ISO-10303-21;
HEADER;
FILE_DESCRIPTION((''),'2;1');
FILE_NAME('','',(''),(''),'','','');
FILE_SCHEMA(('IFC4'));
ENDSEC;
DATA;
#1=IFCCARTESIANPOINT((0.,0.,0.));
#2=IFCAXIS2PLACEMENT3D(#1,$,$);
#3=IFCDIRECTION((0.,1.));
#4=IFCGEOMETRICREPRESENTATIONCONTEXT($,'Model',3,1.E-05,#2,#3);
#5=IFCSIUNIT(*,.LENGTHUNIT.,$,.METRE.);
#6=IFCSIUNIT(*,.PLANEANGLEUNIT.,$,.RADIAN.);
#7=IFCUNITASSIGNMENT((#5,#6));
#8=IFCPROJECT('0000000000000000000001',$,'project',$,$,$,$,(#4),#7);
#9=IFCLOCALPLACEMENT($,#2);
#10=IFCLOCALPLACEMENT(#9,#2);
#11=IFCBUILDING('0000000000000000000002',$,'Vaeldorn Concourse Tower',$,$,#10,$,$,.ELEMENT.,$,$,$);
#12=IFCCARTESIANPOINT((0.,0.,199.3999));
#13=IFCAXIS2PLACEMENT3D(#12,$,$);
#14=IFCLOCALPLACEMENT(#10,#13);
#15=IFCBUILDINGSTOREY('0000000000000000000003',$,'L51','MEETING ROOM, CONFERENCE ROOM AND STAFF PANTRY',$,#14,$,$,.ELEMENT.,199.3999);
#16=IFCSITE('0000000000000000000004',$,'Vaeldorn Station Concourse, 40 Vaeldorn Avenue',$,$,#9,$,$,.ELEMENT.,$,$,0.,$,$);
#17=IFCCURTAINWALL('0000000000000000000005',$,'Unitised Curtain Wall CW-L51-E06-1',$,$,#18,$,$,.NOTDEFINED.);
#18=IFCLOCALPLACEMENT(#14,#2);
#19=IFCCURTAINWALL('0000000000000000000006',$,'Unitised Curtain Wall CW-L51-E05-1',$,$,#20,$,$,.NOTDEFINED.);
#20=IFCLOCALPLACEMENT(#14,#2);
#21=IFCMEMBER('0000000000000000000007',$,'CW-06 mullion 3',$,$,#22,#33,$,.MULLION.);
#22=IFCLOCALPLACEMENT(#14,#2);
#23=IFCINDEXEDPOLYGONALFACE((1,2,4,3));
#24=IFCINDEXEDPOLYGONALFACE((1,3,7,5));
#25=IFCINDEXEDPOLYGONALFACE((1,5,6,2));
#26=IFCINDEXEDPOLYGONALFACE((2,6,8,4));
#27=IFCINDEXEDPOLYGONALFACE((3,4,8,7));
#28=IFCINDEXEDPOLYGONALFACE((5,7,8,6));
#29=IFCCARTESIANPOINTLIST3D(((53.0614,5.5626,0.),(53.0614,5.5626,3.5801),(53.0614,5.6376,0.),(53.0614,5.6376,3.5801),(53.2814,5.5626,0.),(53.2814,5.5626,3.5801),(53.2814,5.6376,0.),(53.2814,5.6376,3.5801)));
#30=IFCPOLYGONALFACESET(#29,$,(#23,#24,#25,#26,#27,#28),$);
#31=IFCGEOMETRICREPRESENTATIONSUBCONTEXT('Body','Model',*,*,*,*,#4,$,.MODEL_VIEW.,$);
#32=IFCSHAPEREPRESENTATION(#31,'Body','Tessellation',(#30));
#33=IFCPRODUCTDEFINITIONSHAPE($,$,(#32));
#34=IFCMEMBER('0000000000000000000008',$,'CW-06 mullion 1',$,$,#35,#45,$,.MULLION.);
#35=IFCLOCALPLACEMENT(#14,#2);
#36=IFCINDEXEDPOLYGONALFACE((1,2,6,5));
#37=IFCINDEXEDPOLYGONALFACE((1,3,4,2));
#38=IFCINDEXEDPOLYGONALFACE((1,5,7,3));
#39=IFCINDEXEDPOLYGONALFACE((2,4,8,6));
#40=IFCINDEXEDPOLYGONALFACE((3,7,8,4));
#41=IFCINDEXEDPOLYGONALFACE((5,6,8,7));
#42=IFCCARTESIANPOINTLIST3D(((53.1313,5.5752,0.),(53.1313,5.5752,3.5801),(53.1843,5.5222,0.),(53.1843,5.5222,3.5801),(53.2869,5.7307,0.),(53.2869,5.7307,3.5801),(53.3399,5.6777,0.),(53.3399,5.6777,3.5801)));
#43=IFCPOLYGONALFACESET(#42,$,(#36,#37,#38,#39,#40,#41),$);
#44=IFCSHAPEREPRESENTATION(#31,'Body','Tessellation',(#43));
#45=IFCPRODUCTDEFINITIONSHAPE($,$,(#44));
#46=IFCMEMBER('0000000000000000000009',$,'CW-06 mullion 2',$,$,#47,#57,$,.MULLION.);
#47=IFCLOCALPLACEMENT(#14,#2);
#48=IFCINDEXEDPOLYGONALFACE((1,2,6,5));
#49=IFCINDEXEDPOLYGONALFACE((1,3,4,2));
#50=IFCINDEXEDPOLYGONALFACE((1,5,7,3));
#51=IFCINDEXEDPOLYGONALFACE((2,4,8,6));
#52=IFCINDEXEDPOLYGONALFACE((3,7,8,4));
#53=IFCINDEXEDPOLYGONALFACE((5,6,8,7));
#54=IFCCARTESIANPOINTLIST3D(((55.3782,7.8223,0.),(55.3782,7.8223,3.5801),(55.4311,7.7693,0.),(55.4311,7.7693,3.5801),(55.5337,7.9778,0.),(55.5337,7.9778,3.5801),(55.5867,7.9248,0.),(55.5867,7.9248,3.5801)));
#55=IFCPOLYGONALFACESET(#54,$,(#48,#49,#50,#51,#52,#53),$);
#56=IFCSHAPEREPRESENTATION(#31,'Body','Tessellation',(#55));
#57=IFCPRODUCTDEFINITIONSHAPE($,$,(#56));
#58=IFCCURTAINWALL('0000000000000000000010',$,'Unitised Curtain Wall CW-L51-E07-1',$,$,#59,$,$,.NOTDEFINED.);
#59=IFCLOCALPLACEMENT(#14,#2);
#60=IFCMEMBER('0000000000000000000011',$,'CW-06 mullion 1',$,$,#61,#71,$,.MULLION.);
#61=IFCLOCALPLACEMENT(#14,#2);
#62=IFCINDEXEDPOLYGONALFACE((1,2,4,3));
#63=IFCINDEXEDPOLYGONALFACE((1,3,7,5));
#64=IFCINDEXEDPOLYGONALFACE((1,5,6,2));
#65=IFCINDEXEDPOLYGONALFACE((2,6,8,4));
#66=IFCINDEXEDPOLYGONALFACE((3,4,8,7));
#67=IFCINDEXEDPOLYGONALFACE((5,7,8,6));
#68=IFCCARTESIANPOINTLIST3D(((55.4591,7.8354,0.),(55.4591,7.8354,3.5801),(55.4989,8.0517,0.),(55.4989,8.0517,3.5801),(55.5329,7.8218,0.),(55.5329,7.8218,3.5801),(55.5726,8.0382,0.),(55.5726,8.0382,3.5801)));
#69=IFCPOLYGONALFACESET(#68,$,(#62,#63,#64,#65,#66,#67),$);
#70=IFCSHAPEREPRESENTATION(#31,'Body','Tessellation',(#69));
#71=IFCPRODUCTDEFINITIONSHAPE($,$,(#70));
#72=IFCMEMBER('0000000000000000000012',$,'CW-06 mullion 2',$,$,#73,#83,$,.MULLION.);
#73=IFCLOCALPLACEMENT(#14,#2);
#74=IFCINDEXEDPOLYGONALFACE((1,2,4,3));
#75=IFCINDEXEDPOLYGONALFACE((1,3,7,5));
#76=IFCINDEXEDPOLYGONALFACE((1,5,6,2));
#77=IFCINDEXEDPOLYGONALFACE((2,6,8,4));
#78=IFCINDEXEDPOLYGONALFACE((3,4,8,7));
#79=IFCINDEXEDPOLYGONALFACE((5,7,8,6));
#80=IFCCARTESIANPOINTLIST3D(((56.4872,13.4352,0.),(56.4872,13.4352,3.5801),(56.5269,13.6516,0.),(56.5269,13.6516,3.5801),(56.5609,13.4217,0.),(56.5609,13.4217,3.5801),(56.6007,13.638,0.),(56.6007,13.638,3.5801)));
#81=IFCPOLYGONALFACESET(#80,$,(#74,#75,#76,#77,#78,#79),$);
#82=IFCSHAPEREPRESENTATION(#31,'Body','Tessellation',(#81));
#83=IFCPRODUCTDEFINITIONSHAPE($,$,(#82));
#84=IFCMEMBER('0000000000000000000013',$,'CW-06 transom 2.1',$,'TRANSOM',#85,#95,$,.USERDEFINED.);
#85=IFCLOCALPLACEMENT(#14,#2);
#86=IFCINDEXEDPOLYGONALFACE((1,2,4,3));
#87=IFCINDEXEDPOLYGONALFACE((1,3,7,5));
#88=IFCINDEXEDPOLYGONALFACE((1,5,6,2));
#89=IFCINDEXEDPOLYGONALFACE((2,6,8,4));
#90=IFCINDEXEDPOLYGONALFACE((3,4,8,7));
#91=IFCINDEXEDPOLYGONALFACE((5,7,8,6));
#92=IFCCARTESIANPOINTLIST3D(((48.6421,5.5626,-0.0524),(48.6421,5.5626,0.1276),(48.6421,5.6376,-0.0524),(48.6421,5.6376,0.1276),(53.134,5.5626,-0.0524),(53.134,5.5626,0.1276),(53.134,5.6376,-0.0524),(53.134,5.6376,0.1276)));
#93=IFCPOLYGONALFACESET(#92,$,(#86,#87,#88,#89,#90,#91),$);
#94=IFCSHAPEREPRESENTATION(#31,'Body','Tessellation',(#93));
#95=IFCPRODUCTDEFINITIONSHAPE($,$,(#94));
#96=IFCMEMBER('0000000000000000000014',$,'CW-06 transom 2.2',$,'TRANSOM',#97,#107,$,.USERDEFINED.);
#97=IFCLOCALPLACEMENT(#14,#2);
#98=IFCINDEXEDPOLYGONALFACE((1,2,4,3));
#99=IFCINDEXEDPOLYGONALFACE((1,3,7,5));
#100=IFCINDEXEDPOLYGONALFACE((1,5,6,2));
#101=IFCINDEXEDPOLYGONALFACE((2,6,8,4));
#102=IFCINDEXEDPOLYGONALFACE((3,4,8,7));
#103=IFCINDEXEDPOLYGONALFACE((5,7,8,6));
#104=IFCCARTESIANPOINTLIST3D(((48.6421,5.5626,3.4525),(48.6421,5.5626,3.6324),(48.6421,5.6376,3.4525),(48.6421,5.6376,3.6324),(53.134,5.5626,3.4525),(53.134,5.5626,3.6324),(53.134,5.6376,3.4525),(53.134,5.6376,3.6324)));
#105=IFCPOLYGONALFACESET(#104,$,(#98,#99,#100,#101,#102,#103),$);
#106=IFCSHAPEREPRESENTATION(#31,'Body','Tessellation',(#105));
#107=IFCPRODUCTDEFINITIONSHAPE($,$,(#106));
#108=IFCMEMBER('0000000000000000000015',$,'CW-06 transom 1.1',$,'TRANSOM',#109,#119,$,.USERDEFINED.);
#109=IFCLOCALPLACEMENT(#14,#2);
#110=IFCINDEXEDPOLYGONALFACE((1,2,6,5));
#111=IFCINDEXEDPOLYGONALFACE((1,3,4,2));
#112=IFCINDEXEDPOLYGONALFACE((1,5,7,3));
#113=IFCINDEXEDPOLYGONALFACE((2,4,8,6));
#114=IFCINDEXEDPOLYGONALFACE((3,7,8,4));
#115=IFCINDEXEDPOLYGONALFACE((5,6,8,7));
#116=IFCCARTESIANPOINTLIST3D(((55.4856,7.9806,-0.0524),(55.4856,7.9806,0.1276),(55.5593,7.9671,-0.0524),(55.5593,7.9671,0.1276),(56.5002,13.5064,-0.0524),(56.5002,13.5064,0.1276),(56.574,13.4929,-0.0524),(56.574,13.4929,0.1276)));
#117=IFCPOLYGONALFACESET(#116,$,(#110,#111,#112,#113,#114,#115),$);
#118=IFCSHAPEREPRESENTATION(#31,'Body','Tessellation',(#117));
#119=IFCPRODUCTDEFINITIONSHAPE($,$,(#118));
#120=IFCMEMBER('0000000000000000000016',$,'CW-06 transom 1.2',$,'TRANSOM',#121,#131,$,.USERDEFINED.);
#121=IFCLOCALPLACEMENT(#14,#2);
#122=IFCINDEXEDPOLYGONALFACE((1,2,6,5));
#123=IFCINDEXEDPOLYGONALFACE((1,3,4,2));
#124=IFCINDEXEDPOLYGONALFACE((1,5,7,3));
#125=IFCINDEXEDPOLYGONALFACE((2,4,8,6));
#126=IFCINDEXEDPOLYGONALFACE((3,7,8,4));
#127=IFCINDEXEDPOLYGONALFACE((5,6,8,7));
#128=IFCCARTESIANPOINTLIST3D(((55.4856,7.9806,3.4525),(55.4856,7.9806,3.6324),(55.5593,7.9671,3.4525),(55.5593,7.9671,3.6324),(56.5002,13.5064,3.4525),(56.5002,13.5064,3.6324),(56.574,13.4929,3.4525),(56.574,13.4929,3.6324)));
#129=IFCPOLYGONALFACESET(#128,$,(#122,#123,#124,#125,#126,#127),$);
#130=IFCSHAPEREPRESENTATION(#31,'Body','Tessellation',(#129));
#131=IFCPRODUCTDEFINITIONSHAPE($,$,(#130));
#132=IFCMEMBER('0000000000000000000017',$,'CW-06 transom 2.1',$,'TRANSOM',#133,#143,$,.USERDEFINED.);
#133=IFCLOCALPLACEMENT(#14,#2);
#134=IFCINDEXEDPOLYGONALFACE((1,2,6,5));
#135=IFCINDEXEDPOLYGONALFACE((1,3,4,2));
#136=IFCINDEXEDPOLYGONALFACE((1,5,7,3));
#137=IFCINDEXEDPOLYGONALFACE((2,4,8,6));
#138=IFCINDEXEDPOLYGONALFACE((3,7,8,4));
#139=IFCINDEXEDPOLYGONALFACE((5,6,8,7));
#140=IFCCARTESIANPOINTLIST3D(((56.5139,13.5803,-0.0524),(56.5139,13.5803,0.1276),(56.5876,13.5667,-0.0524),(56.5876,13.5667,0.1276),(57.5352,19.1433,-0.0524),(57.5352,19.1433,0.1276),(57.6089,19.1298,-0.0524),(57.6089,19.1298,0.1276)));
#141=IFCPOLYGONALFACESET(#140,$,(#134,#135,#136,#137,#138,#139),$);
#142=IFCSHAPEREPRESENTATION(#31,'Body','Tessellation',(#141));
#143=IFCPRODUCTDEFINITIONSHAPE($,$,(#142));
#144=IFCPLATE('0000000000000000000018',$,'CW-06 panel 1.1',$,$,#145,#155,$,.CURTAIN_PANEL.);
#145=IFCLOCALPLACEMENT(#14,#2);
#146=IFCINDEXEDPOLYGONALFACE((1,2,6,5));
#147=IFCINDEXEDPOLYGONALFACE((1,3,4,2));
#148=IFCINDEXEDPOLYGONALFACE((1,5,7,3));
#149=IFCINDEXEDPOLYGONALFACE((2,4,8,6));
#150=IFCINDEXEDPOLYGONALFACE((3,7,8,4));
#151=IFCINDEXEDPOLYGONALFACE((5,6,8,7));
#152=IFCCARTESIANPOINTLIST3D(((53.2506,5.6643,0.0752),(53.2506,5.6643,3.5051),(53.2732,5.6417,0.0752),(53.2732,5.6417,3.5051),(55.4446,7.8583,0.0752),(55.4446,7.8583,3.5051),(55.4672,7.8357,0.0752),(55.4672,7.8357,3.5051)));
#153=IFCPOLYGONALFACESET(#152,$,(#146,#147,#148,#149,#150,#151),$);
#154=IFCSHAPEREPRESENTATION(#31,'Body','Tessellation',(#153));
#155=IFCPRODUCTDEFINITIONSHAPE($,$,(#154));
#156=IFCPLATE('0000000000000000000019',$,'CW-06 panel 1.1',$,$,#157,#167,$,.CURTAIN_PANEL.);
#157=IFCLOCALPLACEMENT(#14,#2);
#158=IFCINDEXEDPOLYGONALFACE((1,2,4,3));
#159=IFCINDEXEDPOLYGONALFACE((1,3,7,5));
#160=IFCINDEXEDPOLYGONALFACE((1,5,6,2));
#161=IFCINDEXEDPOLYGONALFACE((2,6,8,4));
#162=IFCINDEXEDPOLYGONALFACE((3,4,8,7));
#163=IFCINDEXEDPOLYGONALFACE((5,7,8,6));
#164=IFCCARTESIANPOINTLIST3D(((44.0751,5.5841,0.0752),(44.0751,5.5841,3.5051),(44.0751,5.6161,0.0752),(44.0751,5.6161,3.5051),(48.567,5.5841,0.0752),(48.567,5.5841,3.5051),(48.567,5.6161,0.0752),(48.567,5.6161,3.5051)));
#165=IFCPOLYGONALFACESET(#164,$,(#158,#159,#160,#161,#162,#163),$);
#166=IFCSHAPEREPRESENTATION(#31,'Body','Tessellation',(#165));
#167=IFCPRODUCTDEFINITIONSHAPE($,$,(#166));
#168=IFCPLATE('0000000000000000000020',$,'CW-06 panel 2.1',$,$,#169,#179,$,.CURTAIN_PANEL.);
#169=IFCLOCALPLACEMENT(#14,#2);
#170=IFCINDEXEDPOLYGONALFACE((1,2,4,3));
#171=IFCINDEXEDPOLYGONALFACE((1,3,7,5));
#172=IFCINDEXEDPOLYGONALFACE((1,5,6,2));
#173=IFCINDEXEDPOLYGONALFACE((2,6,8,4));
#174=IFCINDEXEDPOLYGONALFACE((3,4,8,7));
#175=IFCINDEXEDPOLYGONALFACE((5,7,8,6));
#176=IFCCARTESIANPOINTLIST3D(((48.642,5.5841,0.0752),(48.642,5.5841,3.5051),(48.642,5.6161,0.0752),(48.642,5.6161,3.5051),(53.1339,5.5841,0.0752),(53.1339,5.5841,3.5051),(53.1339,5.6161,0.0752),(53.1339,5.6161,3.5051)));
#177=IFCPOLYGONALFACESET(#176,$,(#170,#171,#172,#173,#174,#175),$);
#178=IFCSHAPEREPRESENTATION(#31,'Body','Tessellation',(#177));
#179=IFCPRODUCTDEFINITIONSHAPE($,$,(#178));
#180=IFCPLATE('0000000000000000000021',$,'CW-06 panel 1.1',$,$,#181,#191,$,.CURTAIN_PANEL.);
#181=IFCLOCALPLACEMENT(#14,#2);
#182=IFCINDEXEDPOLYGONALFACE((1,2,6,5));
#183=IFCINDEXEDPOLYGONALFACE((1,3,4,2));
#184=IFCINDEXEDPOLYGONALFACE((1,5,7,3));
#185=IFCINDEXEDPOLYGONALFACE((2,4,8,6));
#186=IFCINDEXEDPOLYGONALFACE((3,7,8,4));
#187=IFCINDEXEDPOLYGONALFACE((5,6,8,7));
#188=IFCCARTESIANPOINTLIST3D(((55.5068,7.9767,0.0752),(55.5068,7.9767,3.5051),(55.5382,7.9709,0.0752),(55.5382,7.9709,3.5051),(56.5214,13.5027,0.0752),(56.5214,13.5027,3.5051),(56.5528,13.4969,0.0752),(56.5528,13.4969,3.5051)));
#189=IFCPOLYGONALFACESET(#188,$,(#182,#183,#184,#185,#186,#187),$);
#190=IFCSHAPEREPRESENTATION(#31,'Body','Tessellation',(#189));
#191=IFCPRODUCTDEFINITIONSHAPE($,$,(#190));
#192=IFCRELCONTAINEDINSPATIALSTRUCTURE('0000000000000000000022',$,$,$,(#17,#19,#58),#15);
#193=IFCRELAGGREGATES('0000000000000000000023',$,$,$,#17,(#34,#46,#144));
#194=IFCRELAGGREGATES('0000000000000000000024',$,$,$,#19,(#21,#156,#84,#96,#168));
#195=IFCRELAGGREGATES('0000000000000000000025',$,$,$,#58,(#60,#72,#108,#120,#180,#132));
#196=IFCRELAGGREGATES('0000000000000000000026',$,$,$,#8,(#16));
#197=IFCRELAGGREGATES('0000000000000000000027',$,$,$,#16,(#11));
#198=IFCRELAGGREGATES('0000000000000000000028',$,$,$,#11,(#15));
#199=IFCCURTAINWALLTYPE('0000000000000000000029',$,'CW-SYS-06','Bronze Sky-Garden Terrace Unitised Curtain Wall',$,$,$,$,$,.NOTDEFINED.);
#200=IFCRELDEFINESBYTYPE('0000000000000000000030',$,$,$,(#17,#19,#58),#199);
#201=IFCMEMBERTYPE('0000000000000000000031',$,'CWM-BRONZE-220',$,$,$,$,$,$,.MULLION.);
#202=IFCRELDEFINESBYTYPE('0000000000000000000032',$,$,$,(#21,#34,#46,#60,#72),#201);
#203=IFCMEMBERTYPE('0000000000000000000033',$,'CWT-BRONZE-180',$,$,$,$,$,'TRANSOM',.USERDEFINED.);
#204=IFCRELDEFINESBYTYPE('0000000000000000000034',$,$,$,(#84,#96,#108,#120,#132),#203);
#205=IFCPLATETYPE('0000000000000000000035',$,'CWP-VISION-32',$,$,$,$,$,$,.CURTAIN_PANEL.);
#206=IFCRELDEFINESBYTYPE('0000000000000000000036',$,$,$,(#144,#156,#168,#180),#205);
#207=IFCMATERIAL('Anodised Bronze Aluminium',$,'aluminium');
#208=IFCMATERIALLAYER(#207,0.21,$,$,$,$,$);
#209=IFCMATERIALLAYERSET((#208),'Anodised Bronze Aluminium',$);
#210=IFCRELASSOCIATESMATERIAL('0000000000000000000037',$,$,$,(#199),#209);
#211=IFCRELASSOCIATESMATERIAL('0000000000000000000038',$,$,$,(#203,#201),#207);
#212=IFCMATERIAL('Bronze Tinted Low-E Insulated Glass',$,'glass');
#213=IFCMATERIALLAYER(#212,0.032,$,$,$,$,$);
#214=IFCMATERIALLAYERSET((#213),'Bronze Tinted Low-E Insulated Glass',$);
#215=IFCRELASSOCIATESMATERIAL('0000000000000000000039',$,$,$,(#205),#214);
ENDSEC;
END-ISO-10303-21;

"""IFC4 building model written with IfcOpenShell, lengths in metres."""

from ifc_helpers import new_model, si_unit, direction, frame, origin, origin_2d, place, context, subcontext, project, spatial, rectangle, extrude, source, transform, mapped, material, layer, layer_set, material_profile, profile_set, type_object, element, aggregate, save


model = new_model("IFC4")

# Units and contexts
model_context = context("Model", 3, precision=1e-05, world=origin(), true_north=direction((0.0, 1.0)))
body_context = subcontext(model_context, "Body", "Model", "MODEL_VIEW")
ifc_project = project(units=[si_unit("LENGTHUNIT", "METRE"), si_unit("PLANEANGLEUNIT", "RADIAN")], contexts=[model_context])

# Site, building, storey
site_placement = place(None, origin())
site = spatial("IfcSite", under=ifc_project, at=site_placement, Name="Vaeldorn Station Concourse, 40 Vaeldorn Avenue", CompositionType="ELEMENT", RefElevation=0.0)
building_placement = place(site_placement, origin())
building = spatial("IfcBuilding", under=site, at=building_placement, Name="Vaeldorn Concourse Tower", CompositionType="ELEMENT")
storey_placement = place(building_placement, frame((0.0, 0.0, 199.3999)))
storey = spatial("IfcBuildingStorey", under=building, at=storey_placement, Name="L51", Description="MEETING ROOM, CONFERENCE ROOM AND STAFF PANTRY", CompositionType="ELEMENT", Elevation=199.3999)

# Curtain walls, member
ifc_material_1 = material(Name="Anodised Bronze Aluminium", Category="aluminium")
ifc_layer_1 = layer(ifc_material_1, 0.21)
ifc_layer_set_1 = layer_set([ifc_layer_1], Name="Anodised Bronze Aluminium")
curtain_wall_type = type_object("IfcCurtainWallType", Name="CW-SYS-06", Description="Bronze Sky-Garden Terrace Unitised Curtain Wall", PredefinedType="NOTDEFINED", material=ifc_layer_set_1)
curtain_wall_1_placement = place(storey_placement, origin())
curtain_wall_1 = element("IfcCurtainWall", 1, at=curtain_wall_1_placement, inside=storey, type_object=curtain_wall_type, Name="Unitised Curtain Wall CW-L51-E06-1", PredefinedType="NOTDEFINED")
ifc_material_profile_1 = material_profile(ifc_material_1, rectangle(XDim=0.075, YDim=0.1799, at=origin_2d()), Name="CWT 75x180")
ifc_profile_set_1 = profile_set([ifc_material_profile_1], Name="Anodised Bronze Aluminium")
member_type_1 = type_object("IfcMemberType", Name="CWT-BRONZE-180", ElementType="TRANSOM", PredefinedType="USERDEFINED", material=ifc_profile_set_1)
curtain_wall_2_placement = place(storey_placement, origin())
curtain_wall_2 = element("IfcCurtainWall", 2, at=curtain_wall_2_placement, inside=storey, type_object=curtain_wall_type, Name="Unitised Curtain Wall CW-L51-E05-1", PredefinedType="NOTDEFINED")
ifc_material_profile_2 = material_profile(ifc_material_1, rectangle(XDim=0.075, YDim=0.22, at=origin_2d()), Name="CWM 75x220")
ifc_profile_set_2 = profile_set([ifc_material_profile_2], Name="Anodised Bronze Aluminium")
member_type_2 = type_object("IfcMemberType", Name="CWM-BRONZE-220", PredefinedType="MULLION", material=ifc_profile_set_2)
shared_shape_1 = source(origin(), body_context, "Body", "SweptSolid", [
    extrude(rectangle(XDim=0.075, YDim=0.22, at=origin_2d()), origin(), (0.0, 0.0, 1.0), 3.5801),
])
member_1_placement = place(storey_placement, frame((53.1714, 5.6001, 0.0), z_axis=(0.0, 0.0, 1.0), x_axis=(0.0, 1.0, 0.0)))
member_1 = element("IfcMember", 3, at=member_1_placement, type_object=member_type_2, Name="CW-06 mullion 3", PredefinedType="MULLION", context=body_context, shape_type="MappedRepresentation", body=[
    mapped(shared_shape_1, transform((0.0, 0.0, 0.0), scale=1.0)),
])

# Members
member_2_placement = place(storey_placement, frame((53.2356, 5.6265, 0.0), z_axis=(0.0, 0.0, 1.0), x_axis=(-0.707107, 0.707107, 0.0)))
member_2 = element("IfcMember", 4, at=member_2_placement, type_object=member_type_2, Name="CW-06 mullion 1", PredefinedType="MULLION", context=body_context, shape_type="MappedRepresentation", body=[
    mapped(shared_shape_1, transform((0.0, 0.0, 0.0), scale=1.0)),
])
member_3_placement = place(storey_placement, frame((55.4824, 7.8735, 0.0), z_axis=(0.0, 0.0, 1.0), x_axis=(-0.707107, 0.707107, 0.0)))
member_3 = element("IfcMember", 5, at=member_3_placement, type_object=member_type_2, Name="CW-06 mullion 2", PredefinedType="MULLION", context=body_context, shape_type="MappedRepresentation", body=[
    mapped(shared_shape_1, transform((0.0, 0.0, 0.0), scale=1.0)),
])

# Curtain wall, members
curtain_wall_3_placement = place(storey_placement, origin())
curtain_wall_3 = element("IfcCurtainWall", 6, at=curtain_wall_3_placement, inside=storey, type_object=curtain_wall_type, Name="Unitised Curtain Wall CW-L51-E07-1", PredefinedType="NOTDEFINED")
member_4_placement = place(storey_placement, frame((55.5159, 7.9368, 0.0), z_axis=(0.0, 0.0, 1.0), x_axis=(-0.983559, 0.180585, 0.0)))
member_4 = element("IfcMember", 7, at=member_4_placement, type_object=member_type_2, Name="CW-06 mullion 1", PredefinedType="MULLION", context=body_context, shape_type="MappedRepresentation", body=[
    mapped(shared_shape_1, transform((0.0, 0.0, 0.0), scale=1.0)),
])
member_5_placement = place(storey_placement, frame((56.5439, 13.5366, 0.0), z_axis=(0.0, 0.0, 1.0), x_axis=(-0.983559, 0.180585, 0.0)))
member_5 = element("IfcMember", 8, at=member_5_placement, type_object=member_type_2, Name="CW-06 mullion 2", PredefinedType="MULLION", context=body_context, shape_type="MappedRepresentation", body=[
    mapped(shared_shape_1, transform((0.0, 0.0, 0.0), scale=1.0)),
])

# Members
shared_shape_2 = source(origin(), body_context, "Body", "SweptSolid", [
    extrude(rectangle(XDim=0.075, YDim=0.1799, at=origin_2d()), origin(), (0.0, 0.0, 1.0), 4.4919),
])
member_6_placement = place(storey_placement, frame((48.6421, 5.6001, 0.0376), z_axis=(1.0, 0.0, 0.0), x_axis=(0.0, 1.0, 0.0)))
member_6 = element("IfcMember", 9, at=member_6_placement, type_object=member_type_1, Name="CW-06 transom 2.1", ObjectType="TRANSOM", PredefinedType="USERDEFINED", context=body_context, shape_type="MappedRepresentation", body=[
    mapped(shared_shape_2, transform((0.0, 0.0, 0.0), scale=1.0)),
])
member_7_placement = place(storey_placement, frame((48.6421, 5.6001, 3.5425), z_axis=(1.0, 0.0, 0.0), x_axis=(0.0, 1.0, 0.0)))
member_7 = element("IfcMember", 10, at=member_7_placement, type_object=member_type_1, Name="CW-06 transom 2.2", ObjectType="TRANSOM", PredefinedType="USERDEFINED", context=body_context, shape_type="MappedRepresentation", body=[
    mapped(shared_shape_2, transform((0.0, 0.0, 0.0), scale=1.0)),
])
shared_shape_3 = source(origin(), body_context, "Body", "SweptSolid", [
    extrude(rectangle(XDim=0.075, YDim=0.1799, at=origin_2d()), origin(), (0.0, 0.0, 1.0), 5.6182),
])
member_8_placement = place(storey_placement, frame((55.5225, 7.9739, 0.0376), z_axis=(0.180598, 0.983557, 0.0), x_axis=(-0.983557, 0.180598, 0.0)))
member_8 = element("IfcMember", 11, at=member_8_placement, type_object=member_type_1, Name="CW-06 transom 1.1", ObjectType="TRANSOM", PredefinedType="USERDEFINED", context=body_context, shape_type="MappedRepresentation", body=[
    mapped(shared_shape_3, transform((0.0, 0.0, 0.0), scale=1.0)),
])
member_9_placement = place(storey_placement, frame((55.5225, 7.9739, 3.5425), z_axis=(0.180598, 0.983557, 0.0), x_axis=(-0.983557, 0.180598, 0.0)))
member_9 = element("IfcMember", 12, at=member_9_placement, type_object=member_type_1, Name="CW-06 transom 1.2", ObjectType="TRANSOM", PredefinedType="USERDEFINED", context=body_context, shape_type="MappedRepresentation", body=[
    mapped(shared_shape_3, transform((0.0, 0.0, 0.0), scale=1.0)),
])
shared_shape_4 = source(origin(), body_context, "Body", "SweptSolid", [
    extrude(rectangle(XDim=0.075, YDim=0.1799, at=origin_2d()), origin(), (0.0, 0.0, 1.0), 5.656),
])
member_10_placement = place(storey_placement, frame((56.5508, 13.5735, 0.0376), z_axis=(0.18056, 0.983564, 0.0), x_axis=(-0.983564, 0.18056, 0.0)))
member_10 = element("IfcMember", 13, at=member_10_placement, type_object=member_type_1, Name="CW-06 transom 2.1", ObjectType="TRANSOM", PredefinedType="USERDEFINED", context=body_context, shape_type="MappedRepresentation", body=[
    mapped(shared_shape_4, transform((0.0, 0.0, 0.0), scale=1.0)),
])

# Plates
ifc_material_2 = material(Name="Bronze Tinted Low-E Insulated Glass", Category="glass")
ifc_layer_2 = layer(ifc_material_2, 0.032)
ifc_layer_set_2 = layer_set([ifc_layer_2], Name="Bronze Tinted Low-E Insulated Glass")
plate_type = type_object("IfcPlateType", Name="CWP-VISION-32", PredefinedType="CURTAIN_PANEL", material=ifc_layer_set_2)
shared_shape_5 = source(origin(), body_context, "Body", "SweptSolid", [
    extrude(rectangle(XDim=3.1028, YDim=0.032, at=origin_2d()), origin(), (0.0, 0.0, 1.0), 3.4299),
])
plate_1_placement = place(storey_placement, frame((54.3589, 6.75, 0.0752), z_axis=(0.0, 0.0, 1.0), x_axis=(0.707107, 0.707107, 0.0)))
plate_1 = element("IfcPlate", 14, at=plate_1_placement, type_object=plate_type, Name="CW-06 panel 1.1", PredefinedType="CURTAIN_PANEL", context=body_context, shape_type="MappedRepresentation", body=[
    mapped(shared_shape_5, transform((0.0, 0.0, 0.0), scale=1.0)),
])
aggregate(curtain_wall_1, [member_2, member_3, plate_1])
shared_shape_6 = source(origin(), body_context, "Body", "SweptSolid", [
    extrude(rectangle(XDim=4.4919, YDim=0.032, at=origin_2d()), origin(), (0.0, 0.0, 1.0), 3.4299),
])
plate_2_placement = place(storey_placement, frame((46.321, 5.6001, 0.0752), z_axis=(0.0, 0.0, 1.0), x_axis=(1.0, 0.0, 0.0)))
plate_2 = element("IfcPlate", 15, at=plate_2_placement, type_object=plate_type, Name="CW-06 panel 1.1", PredefinedType="CURTAIN_PANEL", context=body_context, shape_type="MappedRepresentation", body=[
    mapped(shared_shape_6, transform((0.0, 0.0, 0.0), scale=1.0)),
])
plate_3_placement = place(storey_placement, frame((50.8879, 5.6001, 0.0752), z_axis=(0.0, 0.0, 1.0), x_axis=(1.0, 0.0, 0.0)))
plate_3 = element("IfcPlate", 16, at=plate_3_placement, type_object=plate_type, Name="CW-06 panel 2.1", PredefinedType="CURTAIN_PANEL", context=body_context, shape_type="MappedRepresentation", body=[
    mapped(shared_shape_6, transform((0.0, 0.0, 0.0), scale=1.0)),
])
aggregate(curtain_wall_2, [member_1, plate_2, member_6, member_7, plate_3])
shared_shape_7 = source(origin(), body_context, "Body", "SweptSolid", [
    extrude(rectangle(XDim=5.6184, YDim=0.032, at=origin_2d()), origin(), (0.0, 0.0, 1.0), 3.4299),
])
plate_4_placement = place(storey_placement, frame((56.0298, 10.7368, 0.0752), z_axis=(0.0, 0.0, 1.0), x_axis=(0.180585, 0.983559, 0.0)))
plate_4 = element("IfcPlate", 17, at=plate_4_placement, type_object=plate_type, Name="CW-06 panel 1.1", PredefinedType="CURTAIN_PANEL", context=body_context, shape_type="MappedRepresentation", body=[
    mapped(shared_shape_7, transform((0.0, 0.0, 0.0), scale=1.0)),
])
aggregate(curtain_wall_3, [member_4, member_5, member_8, member_9, plate_4, member_10])

save(model, "model.ifc")
